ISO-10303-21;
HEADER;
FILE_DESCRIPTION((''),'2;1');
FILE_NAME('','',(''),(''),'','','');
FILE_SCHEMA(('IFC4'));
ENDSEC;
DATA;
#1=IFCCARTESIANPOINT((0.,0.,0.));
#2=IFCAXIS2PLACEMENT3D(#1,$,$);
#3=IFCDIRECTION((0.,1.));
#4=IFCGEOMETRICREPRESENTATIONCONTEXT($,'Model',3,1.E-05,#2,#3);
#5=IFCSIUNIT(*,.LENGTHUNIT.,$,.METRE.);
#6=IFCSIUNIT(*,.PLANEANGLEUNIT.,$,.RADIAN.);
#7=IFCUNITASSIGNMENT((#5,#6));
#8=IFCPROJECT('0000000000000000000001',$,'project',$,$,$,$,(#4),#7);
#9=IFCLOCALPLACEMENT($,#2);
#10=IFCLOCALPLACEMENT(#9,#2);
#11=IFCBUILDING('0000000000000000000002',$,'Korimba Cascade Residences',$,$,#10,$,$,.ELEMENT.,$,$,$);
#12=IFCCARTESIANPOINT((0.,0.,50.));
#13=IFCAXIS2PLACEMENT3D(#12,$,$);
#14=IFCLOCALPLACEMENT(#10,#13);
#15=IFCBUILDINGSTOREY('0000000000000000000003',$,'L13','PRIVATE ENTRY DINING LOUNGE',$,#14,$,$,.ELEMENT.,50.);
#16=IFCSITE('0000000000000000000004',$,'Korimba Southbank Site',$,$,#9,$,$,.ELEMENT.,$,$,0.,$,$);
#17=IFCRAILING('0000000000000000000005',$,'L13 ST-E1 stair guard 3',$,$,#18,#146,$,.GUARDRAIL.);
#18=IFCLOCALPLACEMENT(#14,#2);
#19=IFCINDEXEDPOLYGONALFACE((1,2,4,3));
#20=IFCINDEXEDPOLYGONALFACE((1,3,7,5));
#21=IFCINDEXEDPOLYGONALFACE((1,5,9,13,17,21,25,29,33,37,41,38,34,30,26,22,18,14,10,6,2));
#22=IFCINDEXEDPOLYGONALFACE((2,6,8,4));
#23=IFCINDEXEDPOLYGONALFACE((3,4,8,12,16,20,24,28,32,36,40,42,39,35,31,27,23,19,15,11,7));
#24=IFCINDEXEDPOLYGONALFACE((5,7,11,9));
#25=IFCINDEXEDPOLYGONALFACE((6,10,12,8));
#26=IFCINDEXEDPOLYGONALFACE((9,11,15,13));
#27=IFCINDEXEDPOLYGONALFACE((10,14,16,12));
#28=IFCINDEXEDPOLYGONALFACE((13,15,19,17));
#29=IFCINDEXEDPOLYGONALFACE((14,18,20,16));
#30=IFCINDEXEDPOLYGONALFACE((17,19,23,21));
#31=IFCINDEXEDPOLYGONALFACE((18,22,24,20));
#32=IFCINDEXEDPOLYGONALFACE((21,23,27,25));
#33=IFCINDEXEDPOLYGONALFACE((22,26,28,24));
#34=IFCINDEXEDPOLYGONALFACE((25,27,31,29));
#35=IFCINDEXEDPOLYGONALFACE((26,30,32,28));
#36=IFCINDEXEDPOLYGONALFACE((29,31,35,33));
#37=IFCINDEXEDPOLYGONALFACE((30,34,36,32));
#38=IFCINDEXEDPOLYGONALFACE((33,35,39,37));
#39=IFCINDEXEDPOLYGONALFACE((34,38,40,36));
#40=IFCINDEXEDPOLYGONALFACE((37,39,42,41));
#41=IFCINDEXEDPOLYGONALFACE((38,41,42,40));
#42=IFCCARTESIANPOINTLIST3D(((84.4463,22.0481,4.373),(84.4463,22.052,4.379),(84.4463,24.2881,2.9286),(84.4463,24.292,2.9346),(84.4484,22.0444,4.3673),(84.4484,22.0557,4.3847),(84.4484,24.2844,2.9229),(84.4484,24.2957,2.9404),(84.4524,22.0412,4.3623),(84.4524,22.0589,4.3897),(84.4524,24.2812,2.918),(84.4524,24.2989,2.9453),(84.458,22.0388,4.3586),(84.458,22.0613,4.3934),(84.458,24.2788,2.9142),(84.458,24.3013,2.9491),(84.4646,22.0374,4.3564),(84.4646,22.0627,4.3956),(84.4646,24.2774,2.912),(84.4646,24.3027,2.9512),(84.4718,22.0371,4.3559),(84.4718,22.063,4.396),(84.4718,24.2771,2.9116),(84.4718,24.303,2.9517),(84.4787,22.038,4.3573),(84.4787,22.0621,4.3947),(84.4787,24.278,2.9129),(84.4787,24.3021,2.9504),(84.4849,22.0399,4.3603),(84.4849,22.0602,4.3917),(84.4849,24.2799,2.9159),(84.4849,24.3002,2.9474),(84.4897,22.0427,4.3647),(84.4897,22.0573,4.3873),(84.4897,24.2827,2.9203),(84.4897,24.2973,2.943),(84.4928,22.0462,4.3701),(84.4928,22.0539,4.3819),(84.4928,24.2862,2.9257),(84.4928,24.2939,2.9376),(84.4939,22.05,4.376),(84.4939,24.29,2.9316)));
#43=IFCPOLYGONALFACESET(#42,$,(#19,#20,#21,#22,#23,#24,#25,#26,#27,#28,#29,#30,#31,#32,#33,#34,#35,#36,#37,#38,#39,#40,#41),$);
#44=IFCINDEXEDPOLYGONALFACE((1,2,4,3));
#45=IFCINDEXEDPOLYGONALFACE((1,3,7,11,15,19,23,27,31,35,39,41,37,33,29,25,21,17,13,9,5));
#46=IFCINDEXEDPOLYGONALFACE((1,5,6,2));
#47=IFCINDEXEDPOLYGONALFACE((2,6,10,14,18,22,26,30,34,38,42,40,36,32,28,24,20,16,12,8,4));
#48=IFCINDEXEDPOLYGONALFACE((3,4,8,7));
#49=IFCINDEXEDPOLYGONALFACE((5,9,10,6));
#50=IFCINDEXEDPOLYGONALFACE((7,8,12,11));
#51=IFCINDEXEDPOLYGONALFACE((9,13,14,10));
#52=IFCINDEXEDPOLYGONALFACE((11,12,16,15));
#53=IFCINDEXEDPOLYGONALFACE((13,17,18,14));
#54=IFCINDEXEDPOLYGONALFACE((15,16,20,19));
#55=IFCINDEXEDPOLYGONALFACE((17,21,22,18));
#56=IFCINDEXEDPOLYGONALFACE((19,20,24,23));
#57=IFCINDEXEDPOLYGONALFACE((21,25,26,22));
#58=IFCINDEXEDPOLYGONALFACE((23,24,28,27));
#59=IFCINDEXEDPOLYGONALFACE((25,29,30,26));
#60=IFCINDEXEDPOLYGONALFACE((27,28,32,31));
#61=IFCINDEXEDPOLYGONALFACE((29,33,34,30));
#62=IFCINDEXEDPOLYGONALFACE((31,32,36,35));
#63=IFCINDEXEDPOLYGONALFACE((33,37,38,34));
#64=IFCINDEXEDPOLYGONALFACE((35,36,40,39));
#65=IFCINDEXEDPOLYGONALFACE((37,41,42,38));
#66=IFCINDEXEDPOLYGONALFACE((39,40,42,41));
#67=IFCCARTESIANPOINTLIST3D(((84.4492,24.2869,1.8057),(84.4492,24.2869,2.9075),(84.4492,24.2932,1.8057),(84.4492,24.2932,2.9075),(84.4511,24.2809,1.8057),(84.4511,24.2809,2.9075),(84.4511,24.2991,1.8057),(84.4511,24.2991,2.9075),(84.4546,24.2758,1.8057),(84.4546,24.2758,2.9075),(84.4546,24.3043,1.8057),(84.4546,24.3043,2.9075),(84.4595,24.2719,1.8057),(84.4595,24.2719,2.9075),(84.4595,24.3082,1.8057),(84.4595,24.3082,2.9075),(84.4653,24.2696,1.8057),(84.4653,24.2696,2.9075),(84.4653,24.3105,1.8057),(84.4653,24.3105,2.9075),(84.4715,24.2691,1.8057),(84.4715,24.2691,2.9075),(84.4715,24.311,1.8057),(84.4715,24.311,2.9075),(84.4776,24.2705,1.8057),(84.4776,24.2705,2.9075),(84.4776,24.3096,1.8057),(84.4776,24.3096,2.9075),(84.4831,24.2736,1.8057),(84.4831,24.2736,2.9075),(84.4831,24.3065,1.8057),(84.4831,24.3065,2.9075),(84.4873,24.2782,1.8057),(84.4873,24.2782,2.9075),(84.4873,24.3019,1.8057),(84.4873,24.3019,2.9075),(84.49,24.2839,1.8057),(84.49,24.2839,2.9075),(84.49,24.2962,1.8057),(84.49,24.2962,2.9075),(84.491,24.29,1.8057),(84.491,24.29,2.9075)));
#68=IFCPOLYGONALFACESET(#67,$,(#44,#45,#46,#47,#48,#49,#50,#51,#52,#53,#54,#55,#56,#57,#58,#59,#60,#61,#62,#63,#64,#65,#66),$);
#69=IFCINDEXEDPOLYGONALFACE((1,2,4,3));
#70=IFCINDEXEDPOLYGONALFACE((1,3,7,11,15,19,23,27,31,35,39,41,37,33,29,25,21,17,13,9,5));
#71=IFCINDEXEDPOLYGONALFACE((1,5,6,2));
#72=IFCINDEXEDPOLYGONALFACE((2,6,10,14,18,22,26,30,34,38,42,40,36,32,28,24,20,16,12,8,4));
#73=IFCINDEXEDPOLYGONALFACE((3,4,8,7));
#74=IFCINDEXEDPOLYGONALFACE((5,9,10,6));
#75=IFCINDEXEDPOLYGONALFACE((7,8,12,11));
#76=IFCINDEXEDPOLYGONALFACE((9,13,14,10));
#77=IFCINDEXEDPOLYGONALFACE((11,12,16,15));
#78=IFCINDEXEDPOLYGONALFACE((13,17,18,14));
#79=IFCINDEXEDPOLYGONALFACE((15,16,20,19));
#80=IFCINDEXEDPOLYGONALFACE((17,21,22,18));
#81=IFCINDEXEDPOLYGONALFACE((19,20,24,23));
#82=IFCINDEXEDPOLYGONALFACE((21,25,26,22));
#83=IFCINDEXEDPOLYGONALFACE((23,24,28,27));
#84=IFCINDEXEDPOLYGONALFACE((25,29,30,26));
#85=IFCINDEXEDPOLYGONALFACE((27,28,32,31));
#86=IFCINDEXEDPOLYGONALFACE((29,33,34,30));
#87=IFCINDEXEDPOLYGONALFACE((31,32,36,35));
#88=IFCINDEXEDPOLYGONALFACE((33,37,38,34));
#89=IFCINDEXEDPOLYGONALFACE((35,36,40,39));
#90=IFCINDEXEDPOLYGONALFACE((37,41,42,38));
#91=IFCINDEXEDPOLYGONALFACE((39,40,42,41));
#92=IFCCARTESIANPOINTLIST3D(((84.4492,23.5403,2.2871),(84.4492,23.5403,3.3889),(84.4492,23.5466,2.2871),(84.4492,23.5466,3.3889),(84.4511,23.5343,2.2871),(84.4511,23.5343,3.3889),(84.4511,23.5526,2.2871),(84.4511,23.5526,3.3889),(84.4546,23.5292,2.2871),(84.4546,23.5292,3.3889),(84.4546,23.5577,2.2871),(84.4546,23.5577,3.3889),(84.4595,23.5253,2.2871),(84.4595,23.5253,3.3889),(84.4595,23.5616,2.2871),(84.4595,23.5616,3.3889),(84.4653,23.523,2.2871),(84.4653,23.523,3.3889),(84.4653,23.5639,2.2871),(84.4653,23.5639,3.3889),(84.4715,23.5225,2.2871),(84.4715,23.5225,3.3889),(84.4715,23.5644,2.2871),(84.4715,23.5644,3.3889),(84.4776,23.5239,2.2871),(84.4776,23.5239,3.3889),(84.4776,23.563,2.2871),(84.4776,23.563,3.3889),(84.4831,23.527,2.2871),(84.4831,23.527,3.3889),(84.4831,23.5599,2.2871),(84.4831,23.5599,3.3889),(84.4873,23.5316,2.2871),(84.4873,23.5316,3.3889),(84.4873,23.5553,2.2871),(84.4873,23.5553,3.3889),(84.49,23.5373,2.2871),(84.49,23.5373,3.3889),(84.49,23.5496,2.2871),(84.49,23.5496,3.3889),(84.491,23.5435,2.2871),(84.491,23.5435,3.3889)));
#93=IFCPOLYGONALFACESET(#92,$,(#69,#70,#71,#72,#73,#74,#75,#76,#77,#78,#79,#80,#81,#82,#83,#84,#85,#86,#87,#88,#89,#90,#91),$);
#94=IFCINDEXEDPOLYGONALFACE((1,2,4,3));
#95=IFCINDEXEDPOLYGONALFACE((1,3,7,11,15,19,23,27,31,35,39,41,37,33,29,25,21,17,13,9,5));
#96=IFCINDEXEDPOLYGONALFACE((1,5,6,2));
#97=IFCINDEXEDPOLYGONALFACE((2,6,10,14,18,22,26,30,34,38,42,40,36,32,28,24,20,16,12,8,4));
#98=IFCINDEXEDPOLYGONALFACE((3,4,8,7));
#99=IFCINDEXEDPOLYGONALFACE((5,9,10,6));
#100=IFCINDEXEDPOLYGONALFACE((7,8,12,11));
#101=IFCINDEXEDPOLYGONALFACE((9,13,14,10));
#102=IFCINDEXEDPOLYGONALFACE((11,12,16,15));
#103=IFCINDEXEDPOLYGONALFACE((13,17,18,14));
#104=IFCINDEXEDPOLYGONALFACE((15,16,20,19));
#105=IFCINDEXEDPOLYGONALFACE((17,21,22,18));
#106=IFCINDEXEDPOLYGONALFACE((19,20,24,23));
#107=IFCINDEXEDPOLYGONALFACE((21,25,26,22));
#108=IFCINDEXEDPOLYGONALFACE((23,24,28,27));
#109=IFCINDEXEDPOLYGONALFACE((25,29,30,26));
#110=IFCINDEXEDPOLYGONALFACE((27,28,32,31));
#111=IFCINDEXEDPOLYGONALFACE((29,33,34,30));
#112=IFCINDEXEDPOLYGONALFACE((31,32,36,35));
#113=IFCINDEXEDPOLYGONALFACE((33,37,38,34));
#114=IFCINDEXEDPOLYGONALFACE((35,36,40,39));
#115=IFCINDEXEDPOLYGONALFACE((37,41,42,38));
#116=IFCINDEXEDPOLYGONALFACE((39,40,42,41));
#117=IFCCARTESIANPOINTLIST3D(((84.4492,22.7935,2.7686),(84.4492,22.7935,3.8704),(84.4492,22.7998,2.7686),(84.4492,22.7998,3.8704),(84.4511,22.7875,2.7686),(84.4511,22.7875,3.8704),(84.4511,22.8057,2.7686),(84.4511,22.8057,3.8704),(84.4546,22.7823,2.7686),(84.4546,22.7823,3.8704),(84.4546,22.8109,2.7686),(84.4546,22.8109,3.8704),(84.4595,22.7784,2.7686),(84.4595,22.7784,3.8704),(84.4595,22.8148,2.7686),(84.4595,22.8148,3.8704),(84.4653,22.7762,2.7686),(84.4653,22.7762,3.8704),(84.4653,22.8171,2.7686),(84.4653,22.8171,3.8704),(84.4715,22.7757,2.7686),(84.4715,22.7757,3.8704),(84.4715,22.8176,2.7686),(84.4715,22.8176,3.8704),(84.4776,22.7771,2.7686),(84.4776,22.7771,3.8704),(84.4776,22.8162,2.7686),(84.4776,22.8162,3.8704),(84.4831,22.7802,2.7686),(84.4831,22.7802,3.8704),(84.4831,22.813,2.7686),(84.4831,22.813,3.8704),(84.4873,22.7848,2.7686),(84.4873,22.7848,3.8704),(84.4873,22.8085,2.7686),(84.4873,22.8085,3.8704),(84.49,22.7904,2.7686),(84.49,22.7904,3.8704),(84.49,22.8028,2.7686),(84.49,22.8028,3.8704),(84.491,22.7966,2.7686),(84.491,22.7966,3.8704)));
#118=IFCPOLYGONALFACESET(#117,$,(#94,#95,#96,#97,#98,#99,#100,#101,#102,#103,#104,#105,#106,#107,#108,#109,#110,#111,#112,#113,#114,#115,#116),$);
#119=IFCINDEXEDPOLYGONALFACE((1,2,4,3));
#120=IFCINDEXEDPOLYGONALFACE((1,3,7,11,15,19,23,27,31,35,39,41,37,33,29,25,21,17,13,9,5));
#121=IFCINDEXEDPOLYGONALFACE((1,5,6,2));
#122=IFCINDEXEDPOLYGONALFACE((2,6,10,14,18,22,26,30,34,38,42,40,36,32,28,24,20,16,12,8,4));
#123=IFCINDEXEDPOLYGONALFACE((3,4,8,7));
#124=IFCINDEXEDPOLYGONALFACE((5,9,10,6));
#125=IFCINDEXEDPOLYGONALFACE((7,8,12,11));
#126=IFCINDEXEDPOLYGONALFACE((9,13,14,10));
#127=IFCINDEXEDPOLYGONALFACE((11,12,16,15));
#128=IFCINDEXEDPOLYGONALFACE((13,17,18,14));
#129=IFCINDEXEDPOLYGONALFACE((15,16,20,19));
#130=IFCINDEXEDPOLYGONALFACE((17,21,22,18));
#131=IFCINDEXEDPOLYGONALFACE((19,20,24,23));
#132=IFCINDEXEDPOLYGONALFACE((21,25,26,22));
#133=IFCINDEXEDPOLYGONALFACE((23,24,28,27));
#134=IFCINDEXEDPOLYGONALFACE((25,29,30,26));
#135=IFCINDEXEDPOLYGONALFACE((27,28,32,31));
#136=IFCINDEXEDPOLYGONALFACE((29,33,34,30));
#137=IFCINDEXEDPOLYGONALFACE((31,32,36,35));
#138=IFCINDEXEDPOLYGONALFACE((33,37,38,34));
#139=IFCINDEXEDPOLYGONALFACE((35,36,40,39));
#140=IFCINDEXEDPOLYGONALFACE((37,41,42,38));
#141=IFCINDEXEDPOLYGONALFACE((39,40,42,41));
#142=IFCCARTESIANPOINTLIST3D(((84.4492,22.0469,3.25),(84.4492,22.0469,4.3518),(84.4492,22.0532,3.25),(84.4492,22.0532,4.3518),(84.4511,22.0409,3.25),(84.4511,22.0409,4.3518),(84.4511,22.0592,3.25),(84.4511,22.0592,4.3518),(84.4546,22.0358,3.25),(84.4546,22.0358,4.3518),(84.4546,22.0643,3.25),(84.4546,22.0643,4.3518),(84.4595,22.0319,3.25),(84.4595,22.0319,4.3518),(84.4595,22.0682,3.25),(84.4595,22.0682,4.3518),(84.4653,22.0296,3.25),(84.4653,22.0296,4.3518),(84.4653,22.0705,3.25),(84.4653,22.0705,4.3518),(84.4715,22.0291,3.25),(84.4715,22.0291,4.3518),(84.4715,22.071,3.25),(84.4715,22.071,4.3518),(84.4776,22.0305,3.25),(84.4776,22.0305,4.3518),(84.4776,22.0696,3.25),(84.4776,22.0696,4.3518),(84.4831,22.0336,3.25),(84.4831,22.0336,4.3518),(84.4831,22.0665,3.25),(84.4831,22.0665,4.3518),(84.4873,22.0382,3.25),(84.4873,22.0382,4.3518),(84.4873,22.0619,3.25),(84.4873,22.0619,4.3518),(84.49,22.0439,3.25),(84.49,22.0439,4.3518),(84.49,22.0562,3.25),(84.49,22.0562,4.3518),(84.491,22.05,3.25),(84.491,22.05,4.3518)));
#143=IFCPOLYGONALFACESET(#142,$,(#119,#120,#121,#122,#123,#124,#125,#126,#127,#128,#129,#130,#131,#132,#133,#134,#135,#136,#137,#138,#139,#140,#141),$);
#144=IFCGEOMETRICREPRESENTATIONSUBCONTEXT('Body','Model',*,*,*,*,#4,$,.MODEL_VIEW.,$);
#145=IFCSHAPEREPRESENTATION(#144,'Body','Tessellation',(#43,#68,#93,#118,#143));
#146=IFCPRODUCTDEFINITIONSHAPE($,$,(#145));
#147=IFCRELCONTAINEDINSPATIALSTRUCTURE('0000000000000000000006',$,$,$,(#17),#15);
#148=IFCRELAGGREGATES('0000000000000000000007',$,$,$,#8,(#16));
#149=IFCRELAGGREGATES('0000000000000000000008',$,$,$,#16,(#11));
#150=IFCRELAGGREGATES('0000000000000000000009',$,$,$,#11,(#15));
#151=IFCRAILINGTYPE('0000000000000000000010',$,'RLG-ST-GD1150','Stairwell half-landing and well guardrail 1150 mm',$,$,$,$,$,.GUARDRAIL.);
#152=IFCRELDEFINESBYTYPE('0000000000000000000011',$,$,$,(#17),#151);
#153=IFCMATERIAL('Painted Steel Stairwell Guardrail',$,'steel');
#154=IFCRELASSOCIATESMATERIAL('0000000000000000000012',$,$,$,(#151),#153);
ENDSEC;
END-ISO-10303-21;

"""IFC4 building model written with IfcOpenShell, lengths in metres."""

from ifc_helpers import new_model, si_unit, direction, frame, origin, origin_2d, place, context, subcontext, project, spatial, circle, extrude, material, type_object, element, save


model = new_model("IFC4")

# Units and contexts
model_context = context("Model", 3, precision=1e-05, world=origin(), true_north=direction((0.0, 1.0)))
body_context = subcontext(model_context, "Body", "Model", "MODEL_VIEW")
ifc_project = project(units=[si_unit("LENGTHUNIT", "METRE"), si_unit("PLANEANGLEUNIT", "RADIAN")], contexts=[model_context])

# Site, building, storey
site_placement = place(None, origin())
site = spatial("IfcSite", under=ifc_project, at=site_placement, Name="Korimba Southbank Site", CompositionType="ELEMENT", RefElevation=0.0)
building_placement = place(site_placement, origin())
building = spatial("IfcBuilding", under=site, at=building_placement, Name="Korimba Cascade Residences", CompositionType="ELEMENT")
storey_placement = place(building_placement, frame((0.0, 0.0, 50.0)))
storey = spatial("IfcBuildingStorey", under=building, at=storey_placement, Name="L13", Description="PRIVATE ENTRY DINING LOUNGE", CompositionType="ELEMENT", Elevation=50.0)

# Railing
ifc_material_1 = material(Name="Painted Steel Stairwell Guardrail", Category="steel")
railing_type_1 = type_object("IfcRailingType", Name="RLG-ST-GD1150", Description="Stairwell half-landing and well guardrail 1150 mm", PredefinedType="GUARDRAIL", material=ifc_material_1)
railing_1_placement = place(storey_placement, frame((84.47, 24.29, 1.8057)))
element("IfcRailing", 1, at=railing_1_placement, inside=storey, type_object=railing_type_1, Name="L13 ST-E1 stair guard 3", PredefinedType="GUARDRAIL", context=body_context, shape_type="SweptSolid", body=[
    extrude(circle(Radius=0.0239, at=origin_2d()), frame((0.0, 0.0, 1.126), z_axis=(0.0, -0.840437, 0.54191), x_axis=(1.0, 0.0, 0.0)), (0.0, 0.0, 1.0), 2.6653),
    extrude(circle(Radius=0.021, at=origin_2d()), origin(), (0.0, 0.0, 1.0), 1.1018),
    extrude(circle(Radius=0.021, at=origin_2d()), frame((0.0, -0.7466, 0.4814)), (0.0, 0.0, 1.0), 1.1018),
    extrude(circle(Radius=0.021, at=origin_2d()), frame((0.0, -1.4934, 0.9629)), (0.0, 0.0, 1.0), 1.1018),
    extrude(circle(Radius=0.021, at=origin_2d()), frame((0.0, -2.24, 1.4443)), (0.0, 0.0, 1.0), 1.1018),
])

save(model, "model.ifc")
